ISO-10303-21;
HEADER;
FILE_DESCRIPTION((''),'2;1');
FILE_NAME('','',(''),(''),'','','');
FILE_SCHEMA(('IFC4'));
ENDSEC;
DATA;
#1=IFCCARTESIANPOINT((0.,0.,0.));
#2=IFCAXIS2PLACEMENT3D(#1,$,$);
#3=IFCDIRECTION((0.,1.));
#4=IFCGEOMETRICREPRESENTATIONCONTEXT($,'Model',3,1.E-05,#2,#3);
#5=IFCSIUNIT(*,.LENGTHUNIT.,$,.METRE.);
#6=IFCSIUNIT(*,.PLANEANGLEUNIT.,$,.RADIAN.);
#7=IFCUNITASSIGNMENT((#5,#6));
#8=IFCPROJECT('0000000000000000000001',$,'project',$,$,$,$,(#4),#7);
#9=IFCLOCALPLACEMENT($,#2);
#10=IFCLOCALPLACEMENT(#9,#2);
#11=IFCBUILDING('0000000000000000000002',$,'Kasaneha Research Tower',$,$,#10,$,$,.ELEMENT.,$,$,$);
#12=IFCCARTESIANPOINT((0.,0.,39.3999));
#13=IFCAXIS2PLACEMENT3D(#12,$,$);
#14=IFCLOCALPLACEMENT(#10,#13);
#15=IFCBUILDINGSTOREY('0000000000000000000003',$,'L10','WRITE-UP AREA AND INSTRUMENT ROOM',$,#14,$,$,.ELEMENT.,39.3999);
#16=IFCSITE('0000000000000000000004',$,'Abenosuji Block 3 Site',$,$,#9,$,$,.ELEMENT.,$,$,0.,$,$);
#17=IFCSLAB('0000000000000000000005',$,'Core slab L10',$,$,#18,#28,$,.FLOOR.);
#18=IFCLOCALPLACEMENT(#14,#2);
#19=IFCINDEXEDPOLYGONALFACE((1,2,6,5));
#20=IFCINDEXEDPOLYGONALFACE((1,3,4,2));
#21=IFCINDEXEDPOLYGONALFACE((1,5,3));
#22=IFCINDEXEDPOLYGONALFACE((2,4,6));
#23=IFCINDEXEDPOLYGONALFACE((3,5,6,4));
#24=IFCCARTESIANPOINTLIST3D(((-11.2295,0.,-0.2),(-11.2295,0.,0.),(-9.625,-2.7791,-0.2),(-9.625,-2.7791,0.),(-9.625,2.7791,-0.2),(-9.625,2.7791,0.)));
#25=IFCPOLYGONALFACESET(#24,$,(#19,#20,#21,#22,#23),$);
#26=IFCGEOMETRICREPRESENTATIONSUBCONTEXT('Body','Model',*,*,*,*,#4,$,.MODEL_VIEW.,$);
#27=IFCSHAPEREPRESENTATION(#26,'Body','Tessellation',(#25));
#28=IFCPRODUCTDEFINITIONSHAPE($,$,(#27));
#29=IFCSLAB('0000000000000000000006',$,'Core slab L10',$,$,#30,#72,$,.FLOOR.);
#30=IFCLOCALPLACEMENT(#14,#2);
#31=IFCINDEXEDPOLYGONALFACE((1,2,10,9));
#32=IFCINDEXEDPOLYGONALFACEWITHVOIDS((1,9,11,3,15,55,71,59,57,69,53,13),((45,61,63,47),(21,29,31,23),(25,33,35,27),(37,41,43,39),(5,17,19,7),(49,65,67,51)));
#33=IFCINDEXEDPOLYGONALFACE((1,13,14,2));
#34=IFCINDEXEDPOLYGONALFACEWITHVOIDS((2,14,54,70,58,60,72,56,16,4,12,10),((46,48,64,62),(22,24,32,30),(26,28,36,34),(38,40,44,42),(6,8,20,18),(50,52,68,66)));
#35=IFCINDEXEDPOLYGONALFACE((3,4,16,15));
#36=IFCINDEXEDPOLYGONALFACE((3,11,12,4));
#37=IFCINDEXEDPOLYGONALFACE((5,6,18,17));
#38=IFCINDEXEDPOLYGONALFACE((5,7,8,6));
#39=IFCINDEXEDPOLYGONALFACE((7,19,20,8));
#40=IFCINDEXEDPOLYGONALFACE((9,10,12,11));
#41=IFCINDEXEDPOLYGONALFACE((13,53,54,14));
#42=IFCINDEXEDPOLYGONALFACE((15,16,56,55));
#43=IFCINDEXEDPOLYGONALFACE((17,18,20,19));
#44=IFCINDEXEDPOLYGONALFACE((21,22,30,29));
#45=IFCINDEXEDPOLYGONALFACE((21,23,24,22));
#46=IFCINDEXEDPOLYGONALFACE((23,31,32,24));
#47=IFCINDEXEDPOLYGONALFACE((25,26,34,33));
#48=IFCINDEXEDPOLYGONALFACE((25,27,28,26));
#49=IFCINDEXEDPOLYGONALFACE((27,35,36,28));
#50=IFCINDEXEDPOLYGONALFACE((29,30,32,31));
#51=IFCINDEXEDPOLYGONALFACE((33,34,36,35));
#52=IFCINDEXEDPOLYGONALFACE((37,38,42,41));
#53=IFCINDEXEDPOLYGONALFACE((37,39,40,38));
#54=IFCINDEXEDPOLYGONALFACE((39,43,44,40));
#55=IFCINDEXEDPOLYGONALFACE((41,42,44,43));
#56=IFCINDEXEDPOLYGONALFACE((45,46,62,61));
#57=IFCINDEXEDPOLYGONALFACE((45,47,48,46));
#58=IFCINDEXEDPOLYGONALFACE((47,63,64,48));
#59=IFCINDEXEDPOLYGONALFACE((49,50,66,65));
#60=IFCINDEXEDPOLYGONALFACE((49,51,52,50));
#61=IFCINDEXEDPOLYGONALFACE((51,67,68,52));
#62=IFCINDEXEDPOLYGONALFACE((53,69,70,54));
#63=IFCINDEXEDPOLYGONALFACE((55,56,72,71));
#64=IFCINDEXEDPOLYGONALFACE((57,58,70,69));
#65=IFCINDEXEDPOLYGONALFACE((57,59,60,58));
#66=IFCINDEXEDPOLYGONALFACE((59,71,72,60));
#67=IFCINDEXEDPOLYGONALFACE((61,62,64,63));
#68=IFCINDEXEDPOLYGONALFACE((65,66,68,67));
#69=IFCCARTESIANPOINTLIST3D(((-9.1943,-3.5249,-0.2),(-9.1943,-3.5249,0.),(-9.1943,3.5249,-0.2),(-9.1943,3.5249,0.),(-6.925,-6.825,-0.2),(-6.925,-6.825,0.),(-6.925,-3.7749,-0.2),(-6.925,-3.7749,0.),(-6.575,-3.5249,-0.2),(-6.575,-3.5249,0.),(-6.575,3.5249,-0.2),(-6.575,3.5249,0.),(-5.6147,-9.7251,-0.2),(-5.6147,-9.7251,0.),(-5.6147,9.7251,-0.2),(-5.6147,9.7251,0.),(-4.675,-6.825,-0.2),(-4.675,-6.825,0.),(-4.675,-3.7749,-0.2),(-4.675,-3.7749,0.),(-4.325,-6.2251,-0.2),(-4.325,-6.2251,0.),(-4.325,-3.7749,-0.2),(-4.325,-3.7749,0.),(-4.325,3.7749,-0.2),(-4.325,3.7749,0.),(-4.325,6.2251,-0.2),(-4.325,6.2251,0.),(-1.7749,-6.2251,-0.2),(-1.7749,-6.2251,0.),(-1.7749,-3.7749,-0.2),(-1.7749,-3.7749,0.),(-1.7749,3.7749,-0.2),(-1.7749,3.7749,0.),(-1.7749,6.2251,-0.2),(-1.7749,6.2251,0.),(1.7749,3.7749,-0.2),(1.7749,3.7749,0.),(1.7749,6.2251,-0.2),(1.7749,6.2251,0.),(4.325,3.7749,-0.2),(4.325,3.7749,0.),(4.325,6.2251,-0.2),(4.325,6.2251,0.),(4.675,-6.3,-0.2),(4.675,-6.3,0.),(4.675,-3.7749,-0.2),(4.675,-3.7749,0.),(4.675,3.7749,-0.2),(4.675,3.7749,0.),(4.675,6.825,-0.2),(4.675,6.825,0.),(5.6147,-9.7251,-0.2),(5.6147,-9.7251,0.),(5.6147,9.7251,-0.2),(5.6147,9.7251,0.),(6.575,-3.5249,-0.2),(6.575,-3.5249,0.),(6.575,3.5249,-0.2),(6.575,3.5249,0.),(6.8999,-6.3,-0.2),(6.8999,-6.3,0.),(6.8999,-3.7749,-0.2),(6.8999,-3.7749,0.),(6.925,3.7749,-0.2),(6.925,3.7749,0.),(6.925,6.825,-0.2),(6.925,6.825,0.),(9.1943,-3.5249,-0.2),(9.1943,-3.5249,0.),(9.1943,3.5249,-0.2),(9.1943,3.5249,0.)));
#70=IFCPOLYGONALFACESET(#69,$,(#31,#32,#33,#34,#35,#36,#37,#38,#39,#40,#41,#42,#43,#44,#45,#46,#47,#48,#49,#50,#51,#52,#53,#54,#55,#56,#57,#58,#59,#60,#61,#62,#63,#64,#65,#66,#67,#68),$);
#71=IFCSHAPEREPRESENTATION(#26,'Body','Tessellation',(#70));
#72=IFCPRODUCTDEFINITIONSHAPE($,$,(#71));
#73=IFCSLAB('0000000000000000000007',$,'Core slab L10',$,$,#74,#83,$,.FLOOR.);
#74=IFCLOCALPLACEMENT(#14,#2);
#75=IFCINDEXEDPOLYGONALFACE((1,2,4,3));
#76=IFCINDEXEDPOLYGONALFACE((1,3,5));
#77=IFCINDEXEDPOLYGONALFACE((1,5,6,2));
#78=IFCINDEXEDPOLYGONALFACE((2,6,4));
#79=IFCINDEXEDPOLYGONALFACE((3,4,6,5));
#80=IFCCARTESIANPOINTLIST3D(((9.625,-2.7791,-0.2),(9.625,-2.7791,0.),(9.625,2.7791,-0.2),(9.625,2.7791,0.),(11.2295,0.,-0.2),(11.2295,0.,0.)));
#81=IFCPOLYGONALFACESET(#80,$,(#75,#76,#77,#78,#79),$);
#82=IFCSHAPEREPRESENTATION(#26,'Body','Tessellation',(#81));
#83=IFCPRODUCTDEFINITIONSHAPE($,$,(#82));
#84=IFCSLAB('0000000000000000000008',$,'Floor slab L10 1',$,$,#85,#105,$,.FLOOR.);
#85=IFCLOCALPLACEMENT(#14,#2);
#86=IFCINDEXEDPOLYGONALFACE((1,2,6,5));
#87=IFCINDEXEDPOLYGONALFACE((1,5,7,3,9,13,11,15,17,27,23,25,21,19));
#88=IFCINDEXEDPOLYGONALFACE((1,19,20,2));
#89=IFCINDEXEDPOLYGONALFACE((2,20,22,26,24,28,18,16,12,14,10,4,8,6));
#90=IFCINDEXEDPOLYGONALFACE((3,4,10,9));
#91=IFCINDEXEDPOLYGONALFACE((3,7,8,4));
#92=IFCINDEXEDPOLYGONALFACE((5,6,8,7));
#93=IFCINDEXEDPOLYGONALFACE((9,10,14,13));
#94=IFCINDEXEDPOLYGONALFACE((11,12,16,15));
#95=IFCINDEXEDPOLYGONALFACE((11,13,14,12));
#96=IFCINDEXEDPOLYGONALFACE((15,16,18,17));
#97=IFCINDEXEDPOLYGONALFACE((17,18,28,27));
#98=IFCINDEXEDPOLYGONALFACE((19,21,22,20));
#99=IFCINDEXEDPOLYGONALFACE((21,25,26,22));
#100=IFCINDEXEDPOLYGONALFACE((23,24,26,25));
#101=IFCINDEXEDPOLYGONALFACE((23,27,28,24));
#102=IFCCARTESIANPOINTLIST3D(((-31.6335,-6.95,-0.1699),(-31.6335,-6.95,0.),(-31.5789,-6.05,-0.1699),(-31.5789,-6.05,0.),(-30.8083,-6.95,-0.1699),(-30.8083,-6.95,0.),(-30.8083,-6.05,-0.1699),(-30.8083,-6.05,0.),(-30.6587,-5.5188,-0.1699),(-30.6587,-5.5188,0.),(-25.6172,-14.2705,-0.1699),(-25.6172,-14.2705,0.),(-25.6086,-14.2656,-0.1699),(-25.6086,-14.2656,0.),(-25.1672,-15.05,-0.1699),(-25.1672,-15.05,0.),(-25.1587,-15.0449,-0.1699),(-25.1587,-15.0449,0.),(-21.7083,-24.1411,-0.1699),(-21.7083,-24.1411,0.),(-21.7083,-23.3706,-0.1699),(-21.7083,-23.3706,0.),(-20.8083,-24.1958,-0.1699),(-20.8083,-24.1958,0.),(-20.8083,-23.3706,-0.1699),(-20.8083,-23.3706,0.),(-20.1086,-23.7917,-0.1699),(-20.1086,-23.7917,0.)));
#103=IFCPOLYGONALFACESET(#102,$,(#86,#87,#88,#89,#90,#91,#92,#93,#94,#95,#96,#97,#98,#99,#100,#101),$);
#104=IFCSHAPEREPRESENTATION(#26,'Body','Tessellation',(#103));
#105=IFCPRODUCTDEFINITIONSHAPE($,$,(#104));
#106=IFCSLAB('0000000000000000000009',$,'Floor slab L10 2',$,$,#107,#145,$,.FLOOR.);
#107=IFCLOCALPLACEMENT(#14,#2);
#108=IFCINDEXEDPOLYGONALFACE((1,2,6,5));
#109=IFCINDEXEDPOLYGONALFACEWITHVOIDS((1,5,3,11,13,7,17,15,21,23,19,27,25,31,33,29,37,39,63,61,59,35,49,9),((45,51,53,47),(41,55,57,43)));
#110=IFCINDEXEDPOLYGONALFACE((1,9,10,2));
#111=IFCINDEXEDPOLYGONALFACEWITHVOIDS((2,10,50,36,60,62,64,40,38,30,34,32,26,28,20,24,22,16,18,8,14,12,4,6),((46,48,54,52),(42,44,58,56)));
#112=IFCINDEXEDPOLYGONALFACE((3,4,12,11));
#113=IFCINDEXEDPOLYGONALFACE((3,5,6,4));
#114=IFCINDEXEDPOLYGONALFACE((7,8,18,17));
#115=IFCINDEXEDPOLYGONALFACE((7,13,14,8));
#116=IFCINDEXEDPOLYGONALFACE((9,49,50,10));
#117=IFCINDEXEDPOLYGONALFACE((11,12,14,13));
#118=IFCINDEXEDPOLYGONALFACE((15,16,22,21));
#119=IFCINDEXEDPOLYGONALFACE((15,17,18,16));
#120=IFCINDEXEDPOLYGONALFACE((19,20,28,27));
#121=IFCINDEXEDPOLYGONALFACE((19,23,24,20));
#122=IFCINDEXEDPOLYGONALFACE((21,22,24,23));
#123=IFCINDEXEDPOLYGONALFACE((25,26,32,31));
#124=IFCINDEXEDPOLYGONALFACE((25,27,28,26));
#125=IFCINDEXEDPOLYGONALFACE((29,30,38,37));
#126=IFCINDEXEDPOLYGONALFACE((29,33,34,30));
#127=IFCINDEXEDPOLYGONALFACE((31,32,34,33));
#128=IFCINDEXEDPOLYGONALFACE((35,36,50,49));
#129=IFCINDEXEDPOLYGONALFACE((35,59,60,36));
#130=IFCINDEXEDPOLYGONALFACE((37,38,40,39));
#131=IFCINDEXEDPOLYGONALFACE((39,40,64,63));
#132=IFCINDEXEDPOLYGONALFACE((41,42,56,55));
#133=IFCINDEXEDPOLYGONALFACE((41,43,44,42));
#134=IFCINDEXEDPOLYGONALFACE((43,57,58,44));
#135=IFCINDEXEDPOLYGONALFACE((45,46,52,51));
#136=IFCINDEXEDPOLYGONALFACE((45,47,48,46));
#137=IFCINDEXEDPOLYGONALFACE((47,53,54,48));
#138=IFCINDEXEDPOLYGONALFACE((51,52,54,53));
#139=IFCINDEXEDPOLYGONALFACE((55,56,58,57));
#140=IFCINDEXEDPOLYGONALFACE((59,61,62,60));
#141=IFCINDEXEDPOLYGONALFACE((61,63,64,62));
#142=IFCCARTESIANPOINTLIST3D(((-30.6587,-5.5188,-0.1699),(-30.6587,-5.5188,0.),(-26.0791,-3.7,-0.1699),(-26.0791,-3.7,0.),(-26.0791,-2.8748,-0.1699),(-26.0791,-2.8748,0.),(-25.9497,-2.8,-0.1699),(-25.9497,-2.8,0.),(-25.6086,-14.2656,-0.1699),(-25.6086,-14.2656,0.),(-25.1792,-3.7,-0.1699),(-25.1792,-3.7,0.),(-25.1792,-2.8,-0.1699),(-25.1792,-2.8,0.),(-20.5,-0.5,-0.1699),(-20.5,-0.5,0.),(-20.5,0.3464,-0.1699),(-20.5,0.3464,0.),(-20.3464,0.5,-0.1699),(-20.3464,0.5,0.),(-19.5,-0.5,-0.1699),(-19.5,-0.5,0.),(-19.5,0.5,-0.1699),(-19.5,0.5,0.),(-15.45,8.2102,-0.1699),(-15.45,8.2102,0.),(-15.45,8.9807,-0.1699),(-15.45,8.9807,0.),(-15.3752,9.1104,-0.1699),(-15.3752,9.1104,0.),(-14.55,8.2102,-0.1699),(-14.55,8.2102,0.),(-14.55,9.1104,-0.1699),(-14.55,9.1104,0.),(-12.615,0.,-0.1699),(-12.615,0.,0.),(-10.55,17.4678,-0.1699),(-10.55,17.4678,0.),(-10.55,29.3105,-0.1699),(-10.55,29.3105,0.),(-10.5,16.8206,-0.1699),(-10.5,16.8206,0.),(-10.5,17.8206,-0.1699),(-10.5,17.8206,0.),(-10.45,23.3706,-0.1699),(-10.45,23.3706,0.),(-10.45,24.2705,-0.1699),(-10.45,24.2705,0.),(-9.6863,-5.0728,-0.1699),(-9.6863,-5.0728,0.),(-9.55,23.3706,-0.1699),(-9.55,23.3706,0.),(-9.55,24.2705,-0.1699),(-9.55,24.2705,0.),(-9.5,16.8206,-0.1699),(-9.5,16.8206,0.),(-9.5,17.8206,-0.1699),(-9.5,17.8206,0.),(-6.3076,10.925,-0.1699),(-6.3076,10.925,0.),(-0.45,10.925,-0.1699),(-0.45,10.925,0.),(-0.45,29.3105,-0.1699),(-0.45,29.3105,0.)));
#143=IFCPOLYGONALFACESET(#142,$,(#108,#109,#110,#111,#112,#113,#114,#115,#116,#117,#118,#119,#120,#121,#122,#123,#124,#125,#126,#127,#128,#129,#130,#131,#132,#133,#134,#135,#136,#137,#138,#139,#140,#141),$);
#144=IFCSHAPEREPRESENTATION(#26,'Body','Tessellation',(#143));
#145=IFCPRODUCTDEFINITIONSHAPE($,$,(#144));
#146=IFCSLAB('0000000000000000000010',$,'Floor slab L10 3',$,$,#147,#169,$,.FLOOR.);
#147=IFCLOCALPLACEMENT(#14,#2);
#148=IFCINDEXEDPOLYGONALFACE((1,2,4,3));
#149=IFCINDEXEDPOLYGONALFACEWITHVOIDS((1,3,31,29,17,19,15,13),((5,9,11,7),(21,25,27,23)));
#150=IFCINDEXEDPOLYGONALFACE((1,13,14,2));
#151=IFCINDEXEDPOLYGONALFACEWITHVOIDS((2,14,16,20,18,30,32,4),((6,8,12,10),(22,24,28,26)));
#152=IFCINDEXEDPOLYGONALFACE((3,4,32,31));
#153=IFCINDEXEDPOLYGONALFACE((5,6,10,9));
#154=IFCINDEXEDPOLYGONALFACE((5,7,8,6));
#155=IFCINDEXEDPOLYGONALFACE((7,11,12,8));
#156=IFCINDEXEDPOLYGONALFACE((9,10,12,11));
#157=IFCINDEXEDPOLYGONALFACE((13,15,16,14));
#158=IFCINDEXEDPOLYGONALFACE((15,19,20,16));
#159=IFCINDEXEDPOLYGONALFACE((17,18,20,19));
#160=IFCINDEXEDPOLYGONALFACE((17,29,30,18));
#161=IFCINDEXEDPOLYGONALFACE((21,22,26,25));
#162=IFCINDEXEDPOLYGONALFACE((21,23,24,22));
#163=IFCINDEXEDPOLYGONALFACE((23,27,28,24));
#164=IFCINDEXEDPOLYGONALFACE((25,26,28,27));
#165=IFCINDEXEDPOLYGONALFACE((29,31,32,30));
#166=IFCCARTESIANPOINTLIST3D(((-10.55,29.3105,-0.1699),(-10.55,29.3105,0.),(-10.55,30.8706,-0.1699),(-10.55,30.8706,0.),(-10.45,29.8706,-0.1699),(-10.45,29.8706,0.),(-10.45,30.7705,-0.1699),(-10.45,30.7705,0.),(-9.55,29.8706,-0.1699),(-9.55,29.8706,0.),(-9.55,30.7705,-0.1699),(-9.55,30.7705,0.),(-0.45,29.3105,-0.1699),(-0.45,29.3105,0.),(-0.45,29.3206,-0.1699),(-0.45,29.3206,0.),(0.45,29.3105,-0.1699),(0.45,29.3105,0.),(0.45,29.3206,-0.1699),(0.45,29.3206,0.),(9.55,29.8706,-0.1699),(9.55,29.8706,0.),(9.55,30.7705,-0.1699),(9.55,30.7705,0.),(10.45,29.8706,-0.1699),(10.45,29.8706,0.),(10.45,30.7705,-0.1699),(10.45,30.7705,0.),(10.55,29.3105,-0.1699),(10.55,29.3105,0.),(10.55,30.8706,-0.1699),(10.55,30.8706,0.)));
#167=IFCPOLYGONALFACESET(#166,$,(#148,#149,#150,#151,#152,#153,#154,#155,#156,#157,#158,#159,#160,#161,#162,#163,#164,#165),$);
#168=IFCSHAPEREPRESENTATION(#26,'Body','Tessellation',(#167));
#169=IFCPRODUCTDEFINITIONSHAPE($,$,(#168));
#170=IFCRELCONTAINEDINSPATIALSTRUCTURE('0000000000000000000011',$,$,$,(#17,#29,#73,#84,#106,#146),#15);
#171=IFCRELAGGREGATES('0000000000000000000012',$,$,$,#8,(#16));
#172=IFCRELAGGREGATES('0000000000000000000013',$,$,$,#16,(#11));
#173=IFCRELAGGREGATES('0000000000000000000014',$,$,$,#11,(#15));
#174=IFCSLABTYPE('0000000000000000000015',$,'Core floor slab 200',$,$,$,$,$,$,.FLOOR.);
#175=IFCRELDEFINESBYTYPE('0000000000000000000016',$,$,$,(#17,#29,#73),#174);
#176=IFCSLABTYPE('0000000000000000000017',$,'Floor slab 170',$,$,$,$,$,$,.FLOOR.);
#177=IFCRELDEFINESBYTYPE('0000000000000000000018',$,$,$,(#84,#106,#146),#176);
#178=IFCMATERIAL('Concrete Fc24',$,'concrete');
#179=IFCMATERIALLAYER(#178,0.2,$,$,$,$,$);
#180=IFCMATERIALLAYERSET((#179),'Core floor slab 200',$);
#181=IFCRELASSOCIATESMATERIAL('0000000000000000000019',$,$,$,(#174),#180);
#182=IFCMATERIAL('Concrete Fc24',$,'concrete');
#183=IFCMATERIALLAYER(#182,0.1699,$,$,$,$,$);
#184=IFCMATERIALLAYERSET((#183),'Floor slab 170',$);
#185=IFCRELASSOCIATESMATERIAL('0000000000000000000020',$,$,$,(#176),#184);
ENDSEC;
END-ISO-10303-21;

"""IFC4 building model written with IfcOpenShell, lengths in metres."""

from ifc_helpers import new_model, si_unit, direction, frame, origin, place, context, subcontext, project, spatial, polyline, outline, extrude, material, layer, layer_set, type_object, element, save


model = new_model("IFC4")

# Units and contexts
model_context = context("Model", 3, precision=1e-05, world=origin(), true_north=direction((0.0, 1.0)))
body_context = subcontext(model_context, "Body", "Model", "MODEL_VIEW")
ifc_project = project(units=[si_unit("LENGTHUNIT", "METRE"), si_unit("PLANEANGLEUNIT", "RADIAN")], contexts=[model_context])

# Site, building, storey
site_placement = place(None, origin())
site = spatial("IfcSite", under=ifc_project, at=site_placement, Name="Abenosuji Block 3 Site", CompositionType="ELEMENT", RefElevation=0.0)
building_placement = place(site_placement, origin())
building = spatial("IfcBuilding", under=site, at=building_placement, Name="Kasaneha Research Tower", CompositionType="ELEMENT")
storey_placement = place(building_placement, frame((0.0, 0.0, 39.3999)))
storey = spatial("IfcBuildingStorey", under=building, at=storey_placement, Name="L10", Description="WRITE-UP AREA AND INSTRUMENT ROOM", CompositionType="ELEMENT", Elevation=39.3999)

# Slabs
ifc_material_1 = material(Name="Concrete Fc24", Category="concrete")
ifc_layer_1 = layer(ifc_material_1, 0.2)
ifc_layer_set_1 = layer_set([ifc_layer_1], Name="Core floor slab 200")
slab_type_1 = type_object("IfcSlabType", Name="Core floor slab 200", PredefinedType="FLOOR", material=ifc_layer_set_1)
slab_1_placement = place(storey_placement, frame((0.0, 0.0, -0.2)))
element("IfcSlab", 1, at=slab_1_placement, inside=storey, type_object=slab_type_1, Name="Core slab L10", PredefinedType="FLOOR", context=body_context, shape_type="SweptSolid", body=[
    extrude(outline(polyline([(-11.2295, 0.0), (-9.625, 2.7791), (-9.625, -2.7791), (-11.2295, 0.0)])), origin(), (0.0, 0.0, 1.0), 0.2),
])
slab_2_placement = place(storey_placement, frame((0.0, 0.0, -0.2)))
element("IfcSlab", 2, at=slab_2_placement, inside=storey, type_object=slab_type_1, Name="Core slab L10", PredefinedType="FLOOR", context=body_context, shape_type="SweptSolid", body=[
    extrude(outline(polyline([(-5.6147, 9.7251), (5.6147, 9.7251), (9.1943, 3.5249), (6.575, 3.5249), (6.575, -3.5249), (9.1943, -3.5249), (5.6147, -9.7251), (-5.6147, -9.7251), (-9.1943, -3.5249), (-6.575, -3.5249), (-6.575, 3.5249), (-9.1943, 3.5249), (-5.6147, 9.7251)]), holes=[polyline([(-6.925, -3.7749), (-6.925, -6.825), (-4.675, -6.825), (-4.675, -3.7749), (-6.925, -3.7749)]), polyline([(4.675, -3.7749), (4.675, -6.3), (6.8999, -6.3), (6.8999, -3.7749), (4.675, -3.7749)]), polyline([(-4.325, -3.7749), (-4.325, -6.2251), (-1.7749, -6.2251), (-1.7749, -3.7749), (-4.325, -3.7749)]), polyline([(-4.325, 6.2251), (-4.325, 3.7749), (-1.7749, 3.7749), (-1.7749, 6.2251), (-4.325, 6.2251)]), polyline([(1.7749, 6.2251), (1.7749, 3.7749), (4.325, 3.7749), (4.325, 6.2251), (1.7749, 6.2251)]), polyline([(4.675, 6.825), (4.675, 3.7749), (6.925, 3.7749), (6.925, 6.825), (4.675, 6.825)])]), origin(), (0.0, 0.0, 1.0), 0.2),
])
slab_3_placement = place(storey_placement, frame((0.0, 0.0, -0.2)))
element("IfcSlab", 3, at=slab_3_placement, inside=storey, type_object=slab_type_1, Name="Core slab L10", PredefinedType="FLOOR", context=body_context, shape_type="SweptSolid", body=[
    extrude(outline(polyline([(11.2295, 0.0), (9.625, -2.7791), (9.625, 2.7791), (11.2295, 0.0)])), origin(), (0.0, 0.0, 1.0), 0.2),
])
ifc_material_2 = material(Name="Concrete Fc24", Category="concrete")
ifc_layer_2 = layer(ifc_material_2, 0.1699)
ifc_layer_set_2 = layer_set([ifc_layer_2], Name="Floor slab 170")
slab_type_2 = type_object("IfcSlabType", Name="Floor slab 170", PredefinedType="FLOOR", material=ifc_layer_set_2)
slab_4_placement = place(storey_placement, frame((0.0, 0.0, -0.1699)))
element("IfcSlab", 4, at=slab_4_placement, inside=storey, type_object=slab_type_2, Name="Floor slab L10 1", PredefinedType="FLOOR", context=body_context, shape_type="SweptSolid", body=[
    extrude(outline(polyline([(-25.1672, -15.05), (-25.1587, -15.0449), (-20.1086, -23.7917), (-20.8083, -24.1958), (-20.8083, -23.3706), (-21.7083, -23.3706), (-21.7083, -24.1411), (-31.6335, -6.95), (-30.8083, -6.95), (-30.8083, -6.05), (-31.5789, -6.05), (-30.6587, -5.5188), (-25.6086, -14.2656), (-25.6172, -14.2705), (-25.1672, -15.05)])), origin(), (0.0, 0.0, 1.0), 0.1699),
])
slab_5_placement = place(storey_placement, frame((0.0, 0.0, -0.1699)))
element("IfcSlab", 5, at=slab_5_placement, inside=storey, type_object=slab_type_2, Name="Floor slab L10 2", PredefinedType="FLOOR", context=body_context, shape_type="SweptSolid", body=[
    extrude(outline(polyline([(-25.1792, -2.8), (-25.9497, -2.8), (-20.5, 0.3464), (-20.5, -0.5), (-19.5, -0.5), (-19.5, 0.5), (-20.3464, 0.5), (-15.45, 8.9807), (-15.45, 8.2102), (-14.55, 8.2102), (-14.55, 9.1104), (-15.3752, 9.1104), (-10.55, 17.4678), (-10.55, 29.3105), (-0.45, 29.3105), (-0.45, 10.925), (-6.3076, 10.925), (-12.615, 0.0), (-9.6863, -5.0728), (-25.6086, -14.2656), (-30.6587, -5.5188), (-26.0791, -2.8748), (-26.0791, -3.7), (-25.1792, -3.7), (-25.1792, -2.8)]), holes=[polyline([(-9.5, 16.8206), (-9.5, 17.8206), (-10.5, 17.8206), (-10.5, 16.8206), (-9.5, 16.8206)]), polyline([(-10.45, 23.3706), (-9.55, 23.3706), (-9.55, 24.2705), (-10.45, 24.2705), (-10.45, 23.3706)])]), origin(), (0.0, 0.0, 1.0), 0.1699),
])
slab_6_placement = place(storey_placement, frame((0.0, 0.0, -0.1699)))
element("IfcSlab", 6, at=slab_6_placement, inside=storey, type_object=slab_type_2, Name="Floor slab L10 3", PredefinedType="FLOOR", context=body_context, shape_type="SweptSolid", body=[
    extrude(outline(polyline([(10.55, 29.3105), (0.45, 29.3105), (0.45, 29.3206), (-0.45, 29.3206), (-0.45, 29.3105), (-10.55, 29.3105), (-10.55, 30.8706), (10.55, 30.8706), (10.55, 29.3105)]), holes=[polyline([(-9.55, 29.8706), (-9.55, 30.7705), (-10.45, 30.7705), (-10.45, 29.8706), (-9.55, 29.8706)]), polyline([(9.55, 29.8706), (10.45, 29.8706), (10.45, 30.7705), (9.55, 30.7705), (9.55, 29.8706)])]), origin(), (0.0, 0.0, 1.0), 0.1699),
])

save(model, "model.ifc")
